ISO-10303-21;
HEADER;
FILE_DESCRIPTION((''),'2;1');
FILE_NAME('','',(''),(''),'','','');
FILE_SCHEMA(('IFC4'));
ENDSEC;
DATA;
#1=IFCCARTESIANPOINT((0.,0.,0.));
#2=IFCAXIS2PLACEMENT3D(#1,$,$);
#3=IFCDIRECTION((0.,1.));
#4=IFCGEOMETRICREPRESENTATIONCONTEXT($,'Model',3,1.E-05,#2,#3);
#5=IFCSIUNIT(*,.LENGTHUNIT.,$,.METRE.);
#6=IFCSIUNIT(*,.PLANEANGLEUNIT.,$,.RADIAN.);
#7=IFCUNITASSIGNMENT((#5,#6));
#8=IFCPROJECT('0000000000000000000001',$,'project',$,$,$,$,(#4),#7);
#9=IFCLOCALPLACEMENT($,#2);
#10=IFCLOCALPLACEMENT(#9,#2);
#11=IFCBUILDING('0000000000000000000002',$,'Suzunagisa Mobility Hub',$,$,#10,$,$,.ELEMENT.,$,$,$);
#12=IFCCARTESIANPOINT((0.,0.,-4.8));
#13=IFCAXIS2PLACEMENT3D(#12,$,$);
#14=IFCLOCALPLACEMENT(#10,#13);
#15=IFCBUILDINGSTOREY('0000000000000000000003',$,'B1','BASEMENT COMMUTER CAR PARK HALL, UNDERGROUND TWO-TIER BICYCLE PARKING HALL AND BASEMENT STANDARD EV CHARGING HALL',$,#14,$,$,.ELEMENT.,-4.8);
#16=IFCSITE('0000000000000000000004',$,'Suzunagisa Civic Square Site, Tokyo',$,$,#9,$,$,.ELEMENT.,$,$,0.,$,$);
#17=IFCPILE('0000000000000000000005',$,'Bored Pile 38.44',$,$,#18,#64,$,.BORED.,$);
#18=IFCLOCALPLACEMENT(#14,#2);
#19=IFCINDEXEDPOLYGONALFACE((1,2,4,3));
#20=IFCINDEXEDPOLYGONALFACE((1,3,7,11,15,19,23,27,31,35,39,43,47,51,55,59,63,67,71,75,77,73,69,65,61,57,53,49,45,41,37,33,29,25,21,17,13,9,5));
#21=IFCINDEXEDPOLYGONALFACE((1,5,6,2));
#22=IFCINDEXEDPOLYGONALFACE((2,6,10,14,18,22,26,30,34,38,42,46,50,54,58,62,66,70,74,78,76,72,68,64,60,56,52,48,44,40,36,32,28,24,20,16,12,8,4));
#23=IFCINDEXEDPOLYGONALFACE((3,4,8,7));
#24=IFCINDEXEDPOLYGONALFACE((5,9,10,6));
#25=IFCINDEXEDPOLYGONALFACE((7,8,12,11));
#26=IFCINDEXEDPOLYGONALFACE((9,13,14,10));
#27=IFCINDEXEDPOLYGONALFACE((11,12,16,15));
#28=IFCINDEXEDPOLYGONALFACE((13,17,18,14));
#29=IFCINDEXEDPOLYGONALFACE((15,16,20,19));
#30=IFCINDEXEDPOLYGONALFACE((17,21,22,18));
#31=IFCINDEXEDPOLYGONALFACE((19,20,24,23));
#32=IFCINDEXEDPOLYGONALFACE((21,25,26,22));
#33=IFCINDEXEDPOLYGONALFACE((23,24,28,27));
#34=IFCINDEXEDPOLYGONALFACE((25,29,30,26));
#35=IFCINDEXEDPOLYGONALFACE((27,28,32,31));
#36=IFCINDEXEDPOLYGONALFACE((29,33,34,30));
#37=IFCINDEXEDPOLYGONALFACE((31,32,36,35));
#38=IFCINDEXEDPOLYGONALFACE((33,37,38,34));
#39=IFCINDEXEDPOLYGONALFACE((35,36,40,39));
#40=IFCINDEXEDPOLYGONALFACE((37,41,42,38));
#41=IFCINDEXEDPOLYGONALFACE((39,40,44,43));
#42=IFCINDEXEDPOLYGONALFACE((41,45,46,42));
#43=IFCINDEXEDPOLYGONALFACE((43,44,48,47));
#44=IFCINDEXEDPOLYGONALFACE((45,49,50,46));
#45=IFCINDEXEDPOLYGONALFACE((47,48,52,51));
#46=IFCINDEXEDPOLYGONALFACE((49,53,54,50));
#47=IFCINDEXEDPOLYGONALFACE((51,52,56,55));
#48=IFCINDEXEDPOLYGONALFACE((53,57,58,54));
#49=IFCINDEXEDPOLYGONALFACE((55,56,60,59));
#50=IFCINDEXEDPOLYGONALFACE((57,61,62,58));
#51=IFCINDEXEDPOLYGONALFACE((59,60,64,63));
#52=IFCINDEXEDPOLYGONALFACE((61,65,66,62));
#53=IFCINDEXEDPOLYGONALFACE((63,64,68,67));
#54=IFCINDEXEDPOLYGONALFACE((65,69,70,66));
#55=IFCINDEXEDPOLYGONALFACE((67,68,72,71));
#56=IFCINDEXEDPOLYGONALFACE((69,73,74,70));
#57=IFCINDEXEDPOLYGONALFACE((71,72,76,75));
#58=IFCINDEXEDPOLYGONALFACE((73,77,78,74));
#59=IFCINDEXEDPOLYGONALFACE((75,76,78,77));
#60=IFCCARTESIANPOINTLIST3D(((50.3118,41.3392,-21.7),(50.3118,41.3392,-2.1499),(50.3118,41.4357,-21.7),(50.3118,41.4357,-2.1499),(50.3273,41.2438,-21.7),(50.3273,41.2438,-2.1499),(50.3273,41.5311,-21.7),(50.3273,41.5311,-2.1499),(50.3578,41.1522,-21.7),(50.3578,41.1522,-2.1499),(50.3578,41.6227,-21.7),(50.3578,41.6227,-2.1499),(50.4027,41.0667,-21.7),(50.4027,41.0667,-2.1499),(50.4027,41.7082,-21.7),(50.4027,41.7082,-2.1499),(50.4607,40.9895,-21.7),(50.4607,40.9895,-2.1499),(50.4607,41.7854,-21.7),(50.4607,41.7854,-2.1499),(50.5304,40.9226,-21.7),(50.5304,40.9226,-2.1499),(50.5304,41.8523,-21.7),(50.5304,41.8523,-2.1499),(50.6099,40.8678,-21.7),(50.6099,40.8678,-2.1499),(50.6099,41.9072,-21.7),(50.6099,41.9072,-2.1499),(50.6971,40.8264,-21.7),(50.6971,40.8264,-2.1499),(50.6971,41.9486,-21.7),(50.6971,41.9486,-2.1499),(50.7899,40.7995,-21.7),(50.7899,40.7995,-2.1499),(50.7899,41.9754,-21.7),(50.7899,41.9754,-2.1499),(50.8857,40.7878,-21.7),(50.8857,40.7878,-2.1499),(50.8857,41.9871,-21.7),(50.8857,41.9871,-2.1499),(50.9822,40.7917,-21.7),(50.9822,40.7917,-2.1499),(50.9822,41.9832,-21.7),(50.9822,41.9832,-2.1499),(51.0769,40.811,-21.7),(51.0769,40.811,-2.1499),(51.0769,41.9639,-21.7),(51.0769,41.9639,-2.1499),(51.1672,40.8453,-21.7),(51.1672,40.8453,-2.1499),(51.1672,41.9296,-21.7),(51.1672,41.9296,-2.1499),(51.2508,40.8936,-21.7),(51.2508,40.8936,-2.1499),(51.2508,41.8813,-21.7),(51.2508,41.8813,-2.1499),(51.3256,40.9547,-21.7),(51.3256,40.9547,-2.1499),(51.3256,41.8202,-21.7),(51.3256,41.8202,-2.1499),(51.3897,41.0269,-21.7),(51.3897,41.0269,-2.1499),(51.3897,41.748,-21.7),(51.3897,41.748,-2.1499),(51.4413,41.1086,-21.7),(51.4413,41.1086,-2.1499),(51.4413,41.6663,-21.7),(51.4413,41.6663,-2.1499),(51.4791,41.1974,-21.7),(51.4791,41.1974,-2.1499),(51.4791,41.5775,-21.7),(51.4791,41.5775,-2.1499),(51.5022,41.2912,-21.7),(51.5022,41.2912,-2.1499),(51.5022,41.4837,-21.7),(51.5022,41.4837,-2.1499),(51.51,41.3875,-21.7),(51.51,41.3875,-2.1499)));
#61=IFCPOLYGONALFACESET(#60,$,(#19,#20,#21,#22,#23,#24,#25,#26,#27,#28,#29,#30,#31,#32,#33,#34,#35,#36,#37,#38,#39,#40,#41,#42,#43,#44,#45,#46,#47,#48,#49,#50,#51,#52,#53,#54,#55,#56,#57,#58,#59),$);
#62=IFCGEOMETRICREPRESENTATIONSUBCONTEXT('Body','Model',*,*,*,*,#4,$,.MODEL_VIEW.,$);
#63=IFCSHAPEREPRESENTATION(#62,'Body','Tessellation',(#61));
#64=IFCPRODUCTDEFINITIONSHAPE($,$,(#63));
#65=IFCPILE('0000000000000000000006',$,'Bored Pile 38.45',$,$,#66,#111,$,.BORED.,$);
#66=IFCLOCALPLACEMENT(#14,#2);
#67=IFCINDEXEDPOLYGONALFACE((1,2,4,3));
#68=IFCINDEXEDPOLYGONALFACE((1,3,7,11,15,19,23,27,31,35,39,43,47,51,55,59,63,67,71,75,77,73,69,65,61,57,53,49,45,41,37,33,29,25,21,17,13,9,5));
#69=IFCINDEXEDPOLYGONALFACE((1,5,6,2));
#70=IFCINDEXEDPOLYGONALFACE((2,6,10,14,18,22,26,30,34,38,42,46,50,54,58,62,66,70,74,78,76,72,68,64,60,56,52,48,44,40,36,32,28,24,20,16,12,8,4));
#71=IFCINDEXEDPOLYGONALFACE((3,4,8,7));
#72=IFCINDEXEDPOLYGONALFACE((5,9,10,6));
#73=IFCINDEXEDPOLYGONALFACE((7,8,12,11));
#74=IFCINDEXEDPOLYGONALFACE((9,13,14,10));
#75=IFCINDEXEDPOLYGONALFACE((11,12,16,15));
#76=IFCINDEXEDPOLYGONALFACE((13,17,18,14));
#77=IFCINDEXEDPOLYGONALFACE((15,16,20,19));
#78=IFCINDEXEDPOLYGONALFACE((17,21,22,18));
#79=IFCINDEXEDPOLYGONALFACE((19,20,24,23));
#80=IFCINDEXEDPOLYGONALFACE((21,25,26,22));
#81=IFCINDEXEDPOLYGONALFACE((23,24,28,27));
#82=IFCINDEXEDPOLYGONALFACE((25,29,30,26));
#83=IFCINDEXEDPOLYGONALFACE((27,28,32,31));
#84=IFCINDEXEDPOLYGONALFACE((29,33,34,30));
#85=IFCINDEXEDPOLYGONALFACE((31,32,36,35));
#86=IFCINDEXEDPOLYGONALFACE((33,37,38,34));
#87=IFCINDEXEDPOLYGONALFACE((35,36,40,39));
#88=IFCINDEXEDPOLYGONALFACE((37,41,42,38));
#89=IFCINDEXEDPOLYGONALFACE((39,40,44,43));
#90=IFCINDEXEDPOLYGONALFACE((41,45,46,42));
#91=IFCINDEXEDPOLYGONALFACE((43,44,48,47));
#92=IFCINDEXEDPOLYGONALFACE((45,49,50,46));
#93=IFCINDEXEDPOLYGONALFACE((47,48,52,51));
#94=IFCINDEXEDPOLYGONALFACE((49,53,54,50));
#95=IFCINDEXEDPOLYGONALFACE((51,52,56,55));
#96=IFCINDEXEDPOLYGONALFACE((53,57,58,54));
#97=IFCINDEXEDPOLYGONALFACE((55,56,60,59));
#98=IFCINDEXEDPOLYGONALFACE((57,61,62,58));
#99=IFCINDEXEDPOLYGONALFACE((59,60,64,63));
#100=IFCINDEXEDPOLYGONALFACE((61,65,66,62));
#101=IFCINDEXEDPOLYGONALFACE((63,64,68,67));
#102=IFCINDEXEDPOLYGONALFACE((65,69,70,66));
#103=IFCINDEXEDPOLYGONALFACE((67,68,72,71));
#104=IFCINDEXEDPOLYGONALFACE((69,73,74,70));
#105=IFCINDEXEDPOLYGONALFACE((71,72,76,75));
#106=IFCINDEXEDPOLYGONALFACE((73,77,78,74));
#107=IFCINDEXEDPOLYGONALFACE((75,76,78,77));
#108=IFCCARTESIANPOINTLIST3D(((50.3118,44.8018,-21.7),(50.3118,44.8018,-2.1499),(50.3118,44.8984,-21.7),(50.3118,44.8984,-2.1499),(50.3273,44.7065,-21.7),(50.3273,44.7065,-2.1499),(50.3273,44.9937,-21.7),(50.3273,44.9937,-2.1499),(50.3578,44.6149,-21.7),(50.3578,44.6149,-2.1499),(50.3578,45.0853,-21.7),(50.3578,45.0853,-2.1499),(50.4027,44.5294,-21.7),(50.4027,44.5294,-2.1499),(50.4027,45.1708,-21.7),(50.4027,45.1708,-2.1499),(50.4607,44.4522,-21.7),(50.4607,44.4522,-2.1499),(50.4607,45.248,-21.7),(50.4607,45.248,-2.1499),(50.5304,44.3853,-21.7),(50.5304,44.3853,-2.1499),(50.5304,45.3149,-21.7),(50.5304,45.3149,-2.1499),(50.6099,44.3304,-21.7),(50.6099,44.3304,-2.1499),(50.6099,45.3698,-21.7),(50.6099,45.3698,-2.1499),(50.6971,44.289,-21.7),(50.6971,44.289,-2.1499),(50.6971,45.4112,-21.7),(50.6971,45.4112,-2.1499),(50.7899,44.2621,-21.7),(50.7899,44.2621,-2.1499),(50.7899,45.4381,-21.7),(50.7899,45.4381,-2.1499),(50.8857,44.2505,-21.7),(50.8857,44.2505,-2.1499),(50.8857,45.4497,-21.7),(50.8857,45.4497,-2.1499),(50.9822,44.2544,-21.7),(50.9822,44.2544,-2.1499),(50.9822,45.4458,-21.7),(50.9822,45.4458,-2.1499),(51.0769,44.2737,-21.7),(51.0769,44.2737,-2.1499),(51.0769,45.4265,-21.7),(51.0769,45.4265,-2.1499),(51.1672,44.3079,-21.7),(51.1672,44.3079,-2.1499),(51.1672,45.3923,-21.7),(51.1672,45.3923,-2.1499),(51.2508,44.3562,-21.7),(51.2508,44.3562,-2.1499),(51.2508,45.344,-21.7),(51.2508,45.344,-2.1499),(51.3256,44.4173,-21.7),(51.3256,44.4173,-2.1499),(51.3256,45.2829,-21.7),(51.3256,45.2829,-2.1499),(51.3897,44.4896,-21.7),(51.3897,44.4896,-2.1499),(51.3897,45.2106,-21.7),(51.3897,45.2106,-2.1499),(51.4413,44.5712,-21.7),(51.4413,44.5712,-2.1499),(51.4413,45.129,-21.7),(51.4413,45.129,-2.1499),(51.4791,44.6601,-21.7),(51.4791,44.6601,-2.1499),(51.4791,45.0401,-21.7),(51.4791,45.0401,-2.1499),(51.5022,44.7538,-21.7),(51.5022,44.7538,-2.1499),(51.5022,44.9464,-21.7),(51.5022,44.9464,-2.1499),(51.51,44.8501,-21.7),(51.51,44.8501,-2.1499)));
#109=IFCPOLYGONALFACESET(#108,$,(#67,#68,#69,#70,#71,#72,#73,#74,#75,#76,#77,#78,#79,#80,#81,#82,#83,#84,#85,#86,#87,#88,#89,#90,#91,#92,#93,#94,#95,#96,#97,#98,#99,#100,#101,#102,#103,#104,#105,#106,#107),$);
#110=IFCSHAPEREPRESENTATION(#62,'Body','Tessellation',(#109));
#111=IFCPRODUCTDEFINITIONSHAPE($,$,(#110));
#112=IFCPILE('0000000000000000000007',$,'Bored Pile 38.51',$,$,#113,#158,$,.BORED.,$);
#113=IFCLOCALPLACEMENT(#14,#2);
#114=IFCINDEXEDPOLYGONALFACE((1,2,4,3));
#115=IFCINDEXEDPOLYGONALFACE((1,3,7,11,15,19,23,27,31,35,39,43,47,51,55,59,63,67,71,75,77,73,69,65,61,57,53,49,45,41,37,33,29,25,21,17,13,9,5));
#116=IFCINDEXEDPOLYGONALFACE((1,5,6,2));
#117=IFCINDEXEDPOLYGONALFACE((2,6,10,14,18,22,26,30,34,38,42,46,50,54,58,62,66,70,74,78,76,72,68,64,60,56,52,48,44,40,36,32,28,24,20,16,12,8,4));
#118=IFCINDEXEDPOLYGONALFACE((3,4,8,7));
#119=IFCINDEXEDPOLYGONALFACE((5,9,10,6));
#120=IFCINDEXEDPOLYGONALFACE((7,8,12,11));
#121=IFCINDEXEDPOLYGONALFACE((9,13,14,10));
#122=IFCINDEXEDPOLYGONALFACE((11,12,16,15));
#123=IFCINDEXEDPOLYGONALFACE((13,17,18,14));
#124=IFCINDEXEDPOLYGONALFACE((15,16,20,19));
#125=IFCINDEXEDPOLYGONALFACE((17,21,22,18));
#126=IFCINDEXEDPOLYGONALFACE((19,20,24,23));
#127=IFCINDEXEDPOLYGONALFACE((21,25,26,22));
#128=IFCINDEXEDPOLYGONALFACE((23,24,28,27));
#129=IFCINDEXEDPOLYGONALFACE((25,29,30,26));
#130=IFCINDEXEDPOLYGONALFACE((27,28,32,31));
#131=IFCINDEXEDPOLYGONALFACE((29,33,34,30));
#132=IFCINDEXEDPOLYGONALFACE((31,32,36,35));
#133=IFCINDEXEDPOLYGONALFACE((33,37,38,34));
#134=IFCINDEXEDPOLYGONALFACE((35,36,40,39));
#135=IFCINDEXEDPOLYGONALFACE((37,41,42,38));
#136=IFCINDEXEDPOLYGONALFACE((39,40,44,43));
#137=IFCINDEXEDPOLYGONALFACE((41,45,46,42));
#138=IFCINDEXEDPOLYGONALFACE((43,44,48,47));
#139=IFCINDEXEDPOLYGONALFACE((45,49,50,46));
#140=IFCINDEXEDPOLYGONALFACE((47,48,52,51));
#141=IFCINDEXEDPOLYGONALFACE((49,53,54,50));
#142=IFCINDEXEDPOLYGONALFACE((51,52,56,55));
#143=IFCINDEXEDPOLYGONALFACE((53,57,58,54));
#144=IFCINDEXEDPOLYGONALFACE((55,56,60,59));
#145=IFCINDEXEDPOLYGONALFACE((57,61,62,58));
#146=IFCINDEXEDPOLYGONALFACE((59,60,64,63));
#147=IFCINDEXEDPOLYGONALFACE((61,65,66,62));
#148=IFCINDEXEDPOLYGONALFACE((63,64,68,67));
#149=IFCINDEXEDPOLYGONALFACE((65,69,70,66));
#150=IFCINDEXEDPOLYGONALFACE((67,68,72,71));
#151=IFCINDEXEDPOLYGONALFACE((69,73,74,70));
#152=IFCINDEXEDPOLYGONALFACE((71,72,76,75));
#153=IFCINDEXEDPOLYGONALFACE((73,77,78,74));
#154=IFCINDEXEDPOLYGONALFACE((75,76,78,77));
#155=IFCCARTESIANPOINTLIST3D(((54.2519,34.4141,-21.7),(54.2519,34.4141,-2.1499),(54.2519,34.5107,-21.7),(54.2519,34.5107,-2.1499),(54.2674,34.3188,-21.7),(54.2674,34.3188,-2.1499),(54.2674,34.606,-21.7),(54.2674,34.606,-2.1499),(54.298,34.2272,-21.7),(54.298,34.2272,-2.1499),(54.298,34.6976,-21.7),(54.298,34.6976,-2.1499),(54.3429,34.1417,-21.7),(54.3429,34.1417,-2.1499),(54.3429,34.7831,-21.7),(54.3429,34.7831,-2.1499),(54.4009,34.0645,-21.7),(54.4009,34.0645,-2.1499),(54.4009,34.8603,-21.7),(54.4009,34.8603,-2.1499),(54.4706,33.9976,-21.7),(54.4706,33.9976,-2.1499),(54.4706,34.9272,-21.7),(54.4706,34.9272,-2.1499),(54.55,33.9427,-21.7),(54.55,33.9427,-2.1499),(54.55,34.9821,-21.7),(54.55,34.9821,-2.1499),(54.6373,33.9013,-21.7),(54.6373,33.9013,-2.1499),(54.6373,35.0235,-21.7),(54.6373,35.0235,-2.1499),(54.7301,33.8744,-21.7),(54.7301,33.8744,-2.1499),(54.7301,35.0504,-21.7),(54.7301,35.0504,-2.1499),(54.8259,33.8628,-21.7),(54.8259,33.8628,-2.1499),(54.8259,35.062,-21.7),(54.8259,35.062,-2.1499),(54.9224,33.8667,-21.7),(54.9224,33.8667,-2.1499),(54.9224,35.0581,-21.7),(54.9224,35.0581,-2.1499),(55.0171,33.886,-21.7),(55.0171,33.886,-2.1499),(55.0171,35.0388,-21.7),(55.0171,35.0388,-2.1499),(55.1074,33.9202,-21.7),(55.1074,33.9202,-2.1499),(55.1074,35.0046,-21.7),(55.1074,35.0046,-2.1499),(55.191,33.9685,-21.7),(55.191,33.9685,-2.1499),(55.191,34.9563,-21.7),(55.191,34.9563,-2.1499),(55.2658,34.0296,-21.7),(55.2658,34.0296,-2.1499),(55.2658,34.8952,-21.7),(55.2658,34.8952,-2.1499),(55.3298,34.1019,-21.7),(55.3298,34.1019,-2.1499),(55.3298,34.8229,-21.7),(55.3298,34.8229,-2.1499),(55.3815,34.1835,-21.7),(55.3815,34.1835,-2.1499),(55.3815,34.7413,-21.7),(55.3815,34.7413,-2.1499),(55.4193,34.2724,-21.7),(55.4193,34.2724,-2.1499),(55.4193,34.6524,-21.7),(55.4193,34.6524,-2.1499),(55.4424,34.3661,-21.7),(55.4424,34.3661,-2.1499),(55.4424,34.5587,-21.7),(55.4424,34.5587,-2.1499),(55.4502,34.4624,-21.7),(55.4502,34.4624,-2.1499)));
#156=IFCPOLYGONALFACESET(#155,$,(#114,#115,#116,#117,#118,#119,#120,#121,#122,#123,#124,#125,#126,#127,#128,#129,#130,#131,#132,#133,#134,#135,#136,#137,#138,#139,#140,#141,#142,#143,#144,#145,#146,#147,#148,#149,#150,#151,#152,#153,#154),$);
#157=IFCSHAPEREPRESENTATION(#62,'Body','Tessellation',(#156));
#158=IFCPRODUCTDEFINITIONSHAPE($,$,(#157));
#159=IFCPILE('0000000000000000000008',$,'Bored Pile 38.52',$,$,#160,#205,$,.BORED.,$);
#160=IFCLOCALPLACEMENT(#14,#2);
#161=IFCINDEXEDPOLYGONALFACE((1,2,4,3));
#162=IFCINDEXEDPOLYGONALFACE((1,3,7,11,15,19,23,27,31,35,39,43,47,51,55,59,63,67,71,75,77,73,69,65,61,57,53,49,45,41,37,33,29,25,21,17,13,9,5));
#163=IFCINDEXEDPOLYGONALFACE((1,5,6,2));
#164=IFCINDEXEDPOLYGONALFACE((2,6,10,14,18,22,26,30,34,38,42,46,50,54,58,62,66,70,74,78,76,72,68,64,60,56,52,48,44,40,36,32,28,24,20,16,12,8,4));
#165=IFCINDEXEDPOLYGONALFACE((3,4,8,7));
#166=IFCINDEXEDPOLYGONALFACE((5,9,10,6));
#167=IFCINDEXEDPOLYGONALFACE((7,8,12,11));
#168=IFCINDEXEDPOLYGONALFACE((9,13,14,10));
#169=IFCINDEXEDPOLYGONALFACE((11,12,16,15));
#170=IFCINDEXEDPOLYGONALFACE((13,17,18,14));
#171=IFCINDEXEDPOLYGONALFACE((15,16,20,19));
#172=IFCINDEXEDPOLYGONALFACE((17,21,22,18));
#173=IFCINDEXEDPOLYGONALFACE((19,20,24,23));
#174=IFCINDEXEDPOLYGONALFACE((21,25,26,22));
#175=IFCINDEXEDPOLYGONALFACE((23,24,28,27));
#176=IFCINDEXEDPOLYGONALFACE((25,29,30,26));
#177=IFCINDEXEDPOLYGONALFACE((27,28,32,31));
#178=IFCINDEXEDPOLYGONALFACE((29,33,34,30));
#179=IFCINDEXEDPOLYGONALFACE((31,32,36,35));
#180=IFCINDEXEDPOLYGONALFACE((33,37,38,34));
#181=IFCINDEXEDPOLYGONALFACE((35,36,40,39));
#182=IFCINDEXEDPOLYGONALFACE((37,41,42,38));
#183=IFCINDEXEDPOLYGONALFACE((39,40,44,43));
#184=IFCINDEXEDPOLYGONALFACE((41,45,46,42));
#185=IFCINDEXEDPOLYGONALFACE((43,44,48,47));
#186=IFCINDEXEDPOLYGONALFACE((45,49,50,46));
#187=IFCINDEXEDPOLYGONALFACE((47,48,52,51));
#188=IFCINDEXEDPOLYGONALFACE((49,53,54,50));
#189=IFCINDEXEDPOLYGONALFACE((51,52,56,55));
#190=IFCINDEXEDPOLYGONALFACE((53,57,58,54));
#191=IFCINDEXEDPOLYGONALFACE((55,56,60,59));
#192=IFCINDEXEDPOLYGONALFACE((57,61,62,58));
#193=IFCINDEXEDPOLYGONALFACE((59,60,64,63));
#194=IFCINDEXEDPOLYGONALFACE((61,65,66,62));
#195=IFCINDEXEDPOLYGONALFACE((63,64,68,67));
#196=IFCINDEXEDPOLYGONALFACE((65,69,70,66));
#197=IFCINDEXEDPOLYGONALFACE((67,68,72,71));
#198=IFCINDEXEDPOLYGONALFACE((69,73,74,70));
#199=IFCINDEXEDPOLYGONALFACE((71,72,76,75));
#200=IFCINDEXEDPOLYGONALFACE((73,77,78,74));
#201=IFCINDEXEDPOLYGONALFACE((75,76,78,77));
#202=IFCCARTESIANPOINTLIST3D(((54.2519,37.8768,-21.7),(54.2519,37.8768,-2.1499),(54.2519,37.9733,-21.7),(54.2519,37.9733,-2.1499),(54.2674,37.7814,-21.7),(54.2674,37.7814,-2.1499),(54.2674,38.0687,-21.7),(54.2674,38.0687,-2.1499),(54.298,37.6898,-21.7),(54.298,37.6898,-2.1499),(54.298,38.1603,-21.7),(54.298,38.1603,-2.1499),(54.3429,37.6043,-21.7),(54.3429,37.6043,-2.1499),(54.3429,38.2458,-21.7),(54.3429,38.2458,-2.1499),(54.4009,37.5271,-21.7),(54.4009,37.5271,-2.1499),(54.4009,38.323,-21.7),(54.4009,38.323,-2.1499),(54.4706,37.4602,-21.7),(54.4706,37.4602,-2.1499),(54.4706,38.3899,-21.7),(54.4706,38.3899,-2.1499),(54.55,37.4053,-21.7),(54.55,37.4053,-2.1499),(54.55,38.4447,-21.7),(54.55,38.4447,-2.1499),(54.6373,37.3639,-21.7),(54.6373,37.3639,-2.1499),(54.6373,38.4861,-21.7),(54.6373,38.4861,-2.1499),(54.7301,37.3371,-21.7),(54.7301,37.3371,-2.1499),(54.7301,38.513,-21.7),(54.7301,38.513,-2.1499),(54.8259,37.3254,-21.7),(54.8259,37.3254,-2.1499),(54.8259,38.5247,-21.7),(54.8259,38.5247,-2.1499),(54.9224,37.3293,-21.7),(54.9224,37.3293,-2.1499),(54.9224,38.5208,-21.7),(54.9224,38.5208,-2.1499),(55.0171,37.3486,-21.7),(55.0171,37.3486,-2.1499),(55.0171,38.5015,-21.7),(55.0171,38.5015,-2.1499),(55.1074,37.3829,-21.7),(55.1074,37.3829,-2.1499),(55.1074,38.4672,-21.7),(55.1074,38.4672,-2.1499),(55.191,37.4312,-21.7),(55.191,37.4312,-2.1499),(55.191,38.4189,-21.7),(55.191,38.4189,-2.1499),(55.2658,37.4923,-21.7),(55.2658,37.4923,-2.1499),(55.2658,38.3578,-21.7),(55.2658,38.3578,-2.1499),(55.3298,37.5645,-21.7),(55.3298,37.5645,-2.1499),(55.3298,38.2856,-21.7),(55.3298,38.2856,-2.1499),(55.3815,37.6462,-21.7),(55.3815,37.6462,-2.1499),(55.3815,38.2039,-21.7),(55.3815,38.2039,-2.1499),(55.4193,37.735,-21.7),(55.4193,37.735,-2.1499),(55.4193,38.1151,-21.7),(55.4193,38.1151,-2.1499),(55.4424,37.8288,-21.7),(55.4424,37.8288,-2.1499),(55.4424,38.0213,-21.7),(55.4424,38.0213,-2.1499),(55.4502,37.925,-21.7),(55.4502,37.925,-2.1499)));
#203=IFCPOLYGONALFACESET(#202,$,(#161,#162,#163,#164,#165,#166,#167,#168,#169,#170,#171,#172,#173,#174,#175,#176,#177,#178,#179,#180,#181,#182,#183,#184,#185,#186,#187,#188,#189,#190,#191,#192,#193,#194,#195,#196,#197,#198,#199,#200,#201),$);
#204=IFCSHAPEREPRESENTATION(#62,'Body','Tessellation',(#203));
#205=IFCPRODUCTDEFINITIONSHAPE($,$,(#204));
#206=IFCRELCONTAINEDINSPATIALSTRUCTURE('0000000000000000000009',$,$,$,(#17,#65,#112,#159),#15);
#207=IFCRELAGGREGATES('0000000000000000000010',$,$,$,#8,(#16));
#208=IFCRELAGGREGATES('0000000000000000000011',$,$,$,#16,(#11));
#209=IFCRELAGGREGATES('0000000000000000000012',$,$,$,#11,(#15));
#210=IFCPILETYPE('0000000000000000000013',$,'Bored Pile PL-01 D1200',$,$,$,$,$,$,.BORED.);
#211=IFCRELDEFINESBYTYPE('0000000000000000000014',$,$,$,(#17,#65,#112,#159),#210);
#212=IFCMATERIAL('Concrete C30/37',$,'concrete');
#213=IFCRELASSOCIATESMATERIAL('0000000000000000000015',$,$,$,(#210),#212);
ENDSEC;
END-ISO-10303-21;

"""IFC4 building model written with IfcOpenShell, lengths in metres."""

from ifc_helpers import new_model, si_unit, direction, frame, origin, origin_2d, place, context, subcontext, project, spatial, circle, extrude, material, material_profile, profile_set, type_object, element, save


model = new_model("IFC4")

# Units and contexts
model_context = context("Model", 3, precision=1e-05, world=origin(), true_north=direction((0.0, 1.0)))
body_context = subcontext(model_context, "Body", "Model", "MODEL_VIEW")
ifc_project = project(units=[si_unit("LENGTHUNIT", "METRE"), si_unit("PLANEANGLEUNIT", "RADIAN")], contexts=[model_context])

# Site, building, storey
site_placement = place(None, origin())
site = spatial("IfcSite", under=ifc_project, at=site_placement, Name="Suzunagisa Civic Square Site, Tokyo", CompositionType="ELEMENT", RefElevation=0.0)
building_placement = place(site_placement, origin())
building = spatial("IfcBuilding", under=site, at=building_placement, Name="Suzunagisa Mobility Hub", CompositionType="ELEMENT")
storey_placement = place(building_placement, frame((0.0, 0.0, -4.8)))
storey = spatial("IfcBuildingStorey", under=building, at=storey_placement, Name="B1", Description="BASEMENT COMMUTER CAR PARK HALL, UNDERGROUND TWO-TIER BICYCLE PARKING HALL AND BASEMENT STANDARD EV CHARGING HALL", CompositionType="ELEMENT", Elevation=-4.8)

# Piles
ifc_material_1 = material(Name="Concrete C30/37", Category="concrete")
ifc_material_profile_1 = material_profile(ifc_material_1, circle(Radius=0.6001, at=origin_2d()), Name="BORED PILE D1200")
ifc_profile_set_1 = profile_set([ifc_material_profile_1], Name="Concrete C30/37")
pile_type_1 = type_object("IfcPileType", Name="Bored Pile PL-01 D1200", PredefinedType="BORED", material=ifc_profile_set_1)
for number, where, z_axis, x_axis, name in (
    (1, (50.9099, 41.3875, -2.1499), (0.0, 0.0, -1.0), (1.0, 0.0, 0.0), "Bored Pile 38.44"),
    (2, (50.9099, 44.8501, -2.1499), (0.0, 0.0, -1.0), (1.0, 0.0, 0.0), "Bored Pile 38.45"),
    (3, (54.8501, 34.4624, -2.1499), (0.0, 0.0, -1.0), (1.0, 0.0, 0.0), "Bored Pile 38.51"),
    (4, (54.8501, 37.925, -2.1499), (0.0, 0.0, -1.0), (1.0, 0.0, 0.0), "Bored Pile 38.52"),
):
    element("IfcPile", number, at=place(storey_placement, frame(where, z_axis=z_axis, x_axis=x_axis)), inside=storey, type_object=pile_type_1, Name=name, PredefinedType="BORED", context=body_context, shape_type="SweptSolid", body=[
        extrude(circle(Radius=0.6001, at=origin_2d()), origin(), (0.0, 0.0, 1.0), 19.55),
    ])

save(model, "model.ifc")
